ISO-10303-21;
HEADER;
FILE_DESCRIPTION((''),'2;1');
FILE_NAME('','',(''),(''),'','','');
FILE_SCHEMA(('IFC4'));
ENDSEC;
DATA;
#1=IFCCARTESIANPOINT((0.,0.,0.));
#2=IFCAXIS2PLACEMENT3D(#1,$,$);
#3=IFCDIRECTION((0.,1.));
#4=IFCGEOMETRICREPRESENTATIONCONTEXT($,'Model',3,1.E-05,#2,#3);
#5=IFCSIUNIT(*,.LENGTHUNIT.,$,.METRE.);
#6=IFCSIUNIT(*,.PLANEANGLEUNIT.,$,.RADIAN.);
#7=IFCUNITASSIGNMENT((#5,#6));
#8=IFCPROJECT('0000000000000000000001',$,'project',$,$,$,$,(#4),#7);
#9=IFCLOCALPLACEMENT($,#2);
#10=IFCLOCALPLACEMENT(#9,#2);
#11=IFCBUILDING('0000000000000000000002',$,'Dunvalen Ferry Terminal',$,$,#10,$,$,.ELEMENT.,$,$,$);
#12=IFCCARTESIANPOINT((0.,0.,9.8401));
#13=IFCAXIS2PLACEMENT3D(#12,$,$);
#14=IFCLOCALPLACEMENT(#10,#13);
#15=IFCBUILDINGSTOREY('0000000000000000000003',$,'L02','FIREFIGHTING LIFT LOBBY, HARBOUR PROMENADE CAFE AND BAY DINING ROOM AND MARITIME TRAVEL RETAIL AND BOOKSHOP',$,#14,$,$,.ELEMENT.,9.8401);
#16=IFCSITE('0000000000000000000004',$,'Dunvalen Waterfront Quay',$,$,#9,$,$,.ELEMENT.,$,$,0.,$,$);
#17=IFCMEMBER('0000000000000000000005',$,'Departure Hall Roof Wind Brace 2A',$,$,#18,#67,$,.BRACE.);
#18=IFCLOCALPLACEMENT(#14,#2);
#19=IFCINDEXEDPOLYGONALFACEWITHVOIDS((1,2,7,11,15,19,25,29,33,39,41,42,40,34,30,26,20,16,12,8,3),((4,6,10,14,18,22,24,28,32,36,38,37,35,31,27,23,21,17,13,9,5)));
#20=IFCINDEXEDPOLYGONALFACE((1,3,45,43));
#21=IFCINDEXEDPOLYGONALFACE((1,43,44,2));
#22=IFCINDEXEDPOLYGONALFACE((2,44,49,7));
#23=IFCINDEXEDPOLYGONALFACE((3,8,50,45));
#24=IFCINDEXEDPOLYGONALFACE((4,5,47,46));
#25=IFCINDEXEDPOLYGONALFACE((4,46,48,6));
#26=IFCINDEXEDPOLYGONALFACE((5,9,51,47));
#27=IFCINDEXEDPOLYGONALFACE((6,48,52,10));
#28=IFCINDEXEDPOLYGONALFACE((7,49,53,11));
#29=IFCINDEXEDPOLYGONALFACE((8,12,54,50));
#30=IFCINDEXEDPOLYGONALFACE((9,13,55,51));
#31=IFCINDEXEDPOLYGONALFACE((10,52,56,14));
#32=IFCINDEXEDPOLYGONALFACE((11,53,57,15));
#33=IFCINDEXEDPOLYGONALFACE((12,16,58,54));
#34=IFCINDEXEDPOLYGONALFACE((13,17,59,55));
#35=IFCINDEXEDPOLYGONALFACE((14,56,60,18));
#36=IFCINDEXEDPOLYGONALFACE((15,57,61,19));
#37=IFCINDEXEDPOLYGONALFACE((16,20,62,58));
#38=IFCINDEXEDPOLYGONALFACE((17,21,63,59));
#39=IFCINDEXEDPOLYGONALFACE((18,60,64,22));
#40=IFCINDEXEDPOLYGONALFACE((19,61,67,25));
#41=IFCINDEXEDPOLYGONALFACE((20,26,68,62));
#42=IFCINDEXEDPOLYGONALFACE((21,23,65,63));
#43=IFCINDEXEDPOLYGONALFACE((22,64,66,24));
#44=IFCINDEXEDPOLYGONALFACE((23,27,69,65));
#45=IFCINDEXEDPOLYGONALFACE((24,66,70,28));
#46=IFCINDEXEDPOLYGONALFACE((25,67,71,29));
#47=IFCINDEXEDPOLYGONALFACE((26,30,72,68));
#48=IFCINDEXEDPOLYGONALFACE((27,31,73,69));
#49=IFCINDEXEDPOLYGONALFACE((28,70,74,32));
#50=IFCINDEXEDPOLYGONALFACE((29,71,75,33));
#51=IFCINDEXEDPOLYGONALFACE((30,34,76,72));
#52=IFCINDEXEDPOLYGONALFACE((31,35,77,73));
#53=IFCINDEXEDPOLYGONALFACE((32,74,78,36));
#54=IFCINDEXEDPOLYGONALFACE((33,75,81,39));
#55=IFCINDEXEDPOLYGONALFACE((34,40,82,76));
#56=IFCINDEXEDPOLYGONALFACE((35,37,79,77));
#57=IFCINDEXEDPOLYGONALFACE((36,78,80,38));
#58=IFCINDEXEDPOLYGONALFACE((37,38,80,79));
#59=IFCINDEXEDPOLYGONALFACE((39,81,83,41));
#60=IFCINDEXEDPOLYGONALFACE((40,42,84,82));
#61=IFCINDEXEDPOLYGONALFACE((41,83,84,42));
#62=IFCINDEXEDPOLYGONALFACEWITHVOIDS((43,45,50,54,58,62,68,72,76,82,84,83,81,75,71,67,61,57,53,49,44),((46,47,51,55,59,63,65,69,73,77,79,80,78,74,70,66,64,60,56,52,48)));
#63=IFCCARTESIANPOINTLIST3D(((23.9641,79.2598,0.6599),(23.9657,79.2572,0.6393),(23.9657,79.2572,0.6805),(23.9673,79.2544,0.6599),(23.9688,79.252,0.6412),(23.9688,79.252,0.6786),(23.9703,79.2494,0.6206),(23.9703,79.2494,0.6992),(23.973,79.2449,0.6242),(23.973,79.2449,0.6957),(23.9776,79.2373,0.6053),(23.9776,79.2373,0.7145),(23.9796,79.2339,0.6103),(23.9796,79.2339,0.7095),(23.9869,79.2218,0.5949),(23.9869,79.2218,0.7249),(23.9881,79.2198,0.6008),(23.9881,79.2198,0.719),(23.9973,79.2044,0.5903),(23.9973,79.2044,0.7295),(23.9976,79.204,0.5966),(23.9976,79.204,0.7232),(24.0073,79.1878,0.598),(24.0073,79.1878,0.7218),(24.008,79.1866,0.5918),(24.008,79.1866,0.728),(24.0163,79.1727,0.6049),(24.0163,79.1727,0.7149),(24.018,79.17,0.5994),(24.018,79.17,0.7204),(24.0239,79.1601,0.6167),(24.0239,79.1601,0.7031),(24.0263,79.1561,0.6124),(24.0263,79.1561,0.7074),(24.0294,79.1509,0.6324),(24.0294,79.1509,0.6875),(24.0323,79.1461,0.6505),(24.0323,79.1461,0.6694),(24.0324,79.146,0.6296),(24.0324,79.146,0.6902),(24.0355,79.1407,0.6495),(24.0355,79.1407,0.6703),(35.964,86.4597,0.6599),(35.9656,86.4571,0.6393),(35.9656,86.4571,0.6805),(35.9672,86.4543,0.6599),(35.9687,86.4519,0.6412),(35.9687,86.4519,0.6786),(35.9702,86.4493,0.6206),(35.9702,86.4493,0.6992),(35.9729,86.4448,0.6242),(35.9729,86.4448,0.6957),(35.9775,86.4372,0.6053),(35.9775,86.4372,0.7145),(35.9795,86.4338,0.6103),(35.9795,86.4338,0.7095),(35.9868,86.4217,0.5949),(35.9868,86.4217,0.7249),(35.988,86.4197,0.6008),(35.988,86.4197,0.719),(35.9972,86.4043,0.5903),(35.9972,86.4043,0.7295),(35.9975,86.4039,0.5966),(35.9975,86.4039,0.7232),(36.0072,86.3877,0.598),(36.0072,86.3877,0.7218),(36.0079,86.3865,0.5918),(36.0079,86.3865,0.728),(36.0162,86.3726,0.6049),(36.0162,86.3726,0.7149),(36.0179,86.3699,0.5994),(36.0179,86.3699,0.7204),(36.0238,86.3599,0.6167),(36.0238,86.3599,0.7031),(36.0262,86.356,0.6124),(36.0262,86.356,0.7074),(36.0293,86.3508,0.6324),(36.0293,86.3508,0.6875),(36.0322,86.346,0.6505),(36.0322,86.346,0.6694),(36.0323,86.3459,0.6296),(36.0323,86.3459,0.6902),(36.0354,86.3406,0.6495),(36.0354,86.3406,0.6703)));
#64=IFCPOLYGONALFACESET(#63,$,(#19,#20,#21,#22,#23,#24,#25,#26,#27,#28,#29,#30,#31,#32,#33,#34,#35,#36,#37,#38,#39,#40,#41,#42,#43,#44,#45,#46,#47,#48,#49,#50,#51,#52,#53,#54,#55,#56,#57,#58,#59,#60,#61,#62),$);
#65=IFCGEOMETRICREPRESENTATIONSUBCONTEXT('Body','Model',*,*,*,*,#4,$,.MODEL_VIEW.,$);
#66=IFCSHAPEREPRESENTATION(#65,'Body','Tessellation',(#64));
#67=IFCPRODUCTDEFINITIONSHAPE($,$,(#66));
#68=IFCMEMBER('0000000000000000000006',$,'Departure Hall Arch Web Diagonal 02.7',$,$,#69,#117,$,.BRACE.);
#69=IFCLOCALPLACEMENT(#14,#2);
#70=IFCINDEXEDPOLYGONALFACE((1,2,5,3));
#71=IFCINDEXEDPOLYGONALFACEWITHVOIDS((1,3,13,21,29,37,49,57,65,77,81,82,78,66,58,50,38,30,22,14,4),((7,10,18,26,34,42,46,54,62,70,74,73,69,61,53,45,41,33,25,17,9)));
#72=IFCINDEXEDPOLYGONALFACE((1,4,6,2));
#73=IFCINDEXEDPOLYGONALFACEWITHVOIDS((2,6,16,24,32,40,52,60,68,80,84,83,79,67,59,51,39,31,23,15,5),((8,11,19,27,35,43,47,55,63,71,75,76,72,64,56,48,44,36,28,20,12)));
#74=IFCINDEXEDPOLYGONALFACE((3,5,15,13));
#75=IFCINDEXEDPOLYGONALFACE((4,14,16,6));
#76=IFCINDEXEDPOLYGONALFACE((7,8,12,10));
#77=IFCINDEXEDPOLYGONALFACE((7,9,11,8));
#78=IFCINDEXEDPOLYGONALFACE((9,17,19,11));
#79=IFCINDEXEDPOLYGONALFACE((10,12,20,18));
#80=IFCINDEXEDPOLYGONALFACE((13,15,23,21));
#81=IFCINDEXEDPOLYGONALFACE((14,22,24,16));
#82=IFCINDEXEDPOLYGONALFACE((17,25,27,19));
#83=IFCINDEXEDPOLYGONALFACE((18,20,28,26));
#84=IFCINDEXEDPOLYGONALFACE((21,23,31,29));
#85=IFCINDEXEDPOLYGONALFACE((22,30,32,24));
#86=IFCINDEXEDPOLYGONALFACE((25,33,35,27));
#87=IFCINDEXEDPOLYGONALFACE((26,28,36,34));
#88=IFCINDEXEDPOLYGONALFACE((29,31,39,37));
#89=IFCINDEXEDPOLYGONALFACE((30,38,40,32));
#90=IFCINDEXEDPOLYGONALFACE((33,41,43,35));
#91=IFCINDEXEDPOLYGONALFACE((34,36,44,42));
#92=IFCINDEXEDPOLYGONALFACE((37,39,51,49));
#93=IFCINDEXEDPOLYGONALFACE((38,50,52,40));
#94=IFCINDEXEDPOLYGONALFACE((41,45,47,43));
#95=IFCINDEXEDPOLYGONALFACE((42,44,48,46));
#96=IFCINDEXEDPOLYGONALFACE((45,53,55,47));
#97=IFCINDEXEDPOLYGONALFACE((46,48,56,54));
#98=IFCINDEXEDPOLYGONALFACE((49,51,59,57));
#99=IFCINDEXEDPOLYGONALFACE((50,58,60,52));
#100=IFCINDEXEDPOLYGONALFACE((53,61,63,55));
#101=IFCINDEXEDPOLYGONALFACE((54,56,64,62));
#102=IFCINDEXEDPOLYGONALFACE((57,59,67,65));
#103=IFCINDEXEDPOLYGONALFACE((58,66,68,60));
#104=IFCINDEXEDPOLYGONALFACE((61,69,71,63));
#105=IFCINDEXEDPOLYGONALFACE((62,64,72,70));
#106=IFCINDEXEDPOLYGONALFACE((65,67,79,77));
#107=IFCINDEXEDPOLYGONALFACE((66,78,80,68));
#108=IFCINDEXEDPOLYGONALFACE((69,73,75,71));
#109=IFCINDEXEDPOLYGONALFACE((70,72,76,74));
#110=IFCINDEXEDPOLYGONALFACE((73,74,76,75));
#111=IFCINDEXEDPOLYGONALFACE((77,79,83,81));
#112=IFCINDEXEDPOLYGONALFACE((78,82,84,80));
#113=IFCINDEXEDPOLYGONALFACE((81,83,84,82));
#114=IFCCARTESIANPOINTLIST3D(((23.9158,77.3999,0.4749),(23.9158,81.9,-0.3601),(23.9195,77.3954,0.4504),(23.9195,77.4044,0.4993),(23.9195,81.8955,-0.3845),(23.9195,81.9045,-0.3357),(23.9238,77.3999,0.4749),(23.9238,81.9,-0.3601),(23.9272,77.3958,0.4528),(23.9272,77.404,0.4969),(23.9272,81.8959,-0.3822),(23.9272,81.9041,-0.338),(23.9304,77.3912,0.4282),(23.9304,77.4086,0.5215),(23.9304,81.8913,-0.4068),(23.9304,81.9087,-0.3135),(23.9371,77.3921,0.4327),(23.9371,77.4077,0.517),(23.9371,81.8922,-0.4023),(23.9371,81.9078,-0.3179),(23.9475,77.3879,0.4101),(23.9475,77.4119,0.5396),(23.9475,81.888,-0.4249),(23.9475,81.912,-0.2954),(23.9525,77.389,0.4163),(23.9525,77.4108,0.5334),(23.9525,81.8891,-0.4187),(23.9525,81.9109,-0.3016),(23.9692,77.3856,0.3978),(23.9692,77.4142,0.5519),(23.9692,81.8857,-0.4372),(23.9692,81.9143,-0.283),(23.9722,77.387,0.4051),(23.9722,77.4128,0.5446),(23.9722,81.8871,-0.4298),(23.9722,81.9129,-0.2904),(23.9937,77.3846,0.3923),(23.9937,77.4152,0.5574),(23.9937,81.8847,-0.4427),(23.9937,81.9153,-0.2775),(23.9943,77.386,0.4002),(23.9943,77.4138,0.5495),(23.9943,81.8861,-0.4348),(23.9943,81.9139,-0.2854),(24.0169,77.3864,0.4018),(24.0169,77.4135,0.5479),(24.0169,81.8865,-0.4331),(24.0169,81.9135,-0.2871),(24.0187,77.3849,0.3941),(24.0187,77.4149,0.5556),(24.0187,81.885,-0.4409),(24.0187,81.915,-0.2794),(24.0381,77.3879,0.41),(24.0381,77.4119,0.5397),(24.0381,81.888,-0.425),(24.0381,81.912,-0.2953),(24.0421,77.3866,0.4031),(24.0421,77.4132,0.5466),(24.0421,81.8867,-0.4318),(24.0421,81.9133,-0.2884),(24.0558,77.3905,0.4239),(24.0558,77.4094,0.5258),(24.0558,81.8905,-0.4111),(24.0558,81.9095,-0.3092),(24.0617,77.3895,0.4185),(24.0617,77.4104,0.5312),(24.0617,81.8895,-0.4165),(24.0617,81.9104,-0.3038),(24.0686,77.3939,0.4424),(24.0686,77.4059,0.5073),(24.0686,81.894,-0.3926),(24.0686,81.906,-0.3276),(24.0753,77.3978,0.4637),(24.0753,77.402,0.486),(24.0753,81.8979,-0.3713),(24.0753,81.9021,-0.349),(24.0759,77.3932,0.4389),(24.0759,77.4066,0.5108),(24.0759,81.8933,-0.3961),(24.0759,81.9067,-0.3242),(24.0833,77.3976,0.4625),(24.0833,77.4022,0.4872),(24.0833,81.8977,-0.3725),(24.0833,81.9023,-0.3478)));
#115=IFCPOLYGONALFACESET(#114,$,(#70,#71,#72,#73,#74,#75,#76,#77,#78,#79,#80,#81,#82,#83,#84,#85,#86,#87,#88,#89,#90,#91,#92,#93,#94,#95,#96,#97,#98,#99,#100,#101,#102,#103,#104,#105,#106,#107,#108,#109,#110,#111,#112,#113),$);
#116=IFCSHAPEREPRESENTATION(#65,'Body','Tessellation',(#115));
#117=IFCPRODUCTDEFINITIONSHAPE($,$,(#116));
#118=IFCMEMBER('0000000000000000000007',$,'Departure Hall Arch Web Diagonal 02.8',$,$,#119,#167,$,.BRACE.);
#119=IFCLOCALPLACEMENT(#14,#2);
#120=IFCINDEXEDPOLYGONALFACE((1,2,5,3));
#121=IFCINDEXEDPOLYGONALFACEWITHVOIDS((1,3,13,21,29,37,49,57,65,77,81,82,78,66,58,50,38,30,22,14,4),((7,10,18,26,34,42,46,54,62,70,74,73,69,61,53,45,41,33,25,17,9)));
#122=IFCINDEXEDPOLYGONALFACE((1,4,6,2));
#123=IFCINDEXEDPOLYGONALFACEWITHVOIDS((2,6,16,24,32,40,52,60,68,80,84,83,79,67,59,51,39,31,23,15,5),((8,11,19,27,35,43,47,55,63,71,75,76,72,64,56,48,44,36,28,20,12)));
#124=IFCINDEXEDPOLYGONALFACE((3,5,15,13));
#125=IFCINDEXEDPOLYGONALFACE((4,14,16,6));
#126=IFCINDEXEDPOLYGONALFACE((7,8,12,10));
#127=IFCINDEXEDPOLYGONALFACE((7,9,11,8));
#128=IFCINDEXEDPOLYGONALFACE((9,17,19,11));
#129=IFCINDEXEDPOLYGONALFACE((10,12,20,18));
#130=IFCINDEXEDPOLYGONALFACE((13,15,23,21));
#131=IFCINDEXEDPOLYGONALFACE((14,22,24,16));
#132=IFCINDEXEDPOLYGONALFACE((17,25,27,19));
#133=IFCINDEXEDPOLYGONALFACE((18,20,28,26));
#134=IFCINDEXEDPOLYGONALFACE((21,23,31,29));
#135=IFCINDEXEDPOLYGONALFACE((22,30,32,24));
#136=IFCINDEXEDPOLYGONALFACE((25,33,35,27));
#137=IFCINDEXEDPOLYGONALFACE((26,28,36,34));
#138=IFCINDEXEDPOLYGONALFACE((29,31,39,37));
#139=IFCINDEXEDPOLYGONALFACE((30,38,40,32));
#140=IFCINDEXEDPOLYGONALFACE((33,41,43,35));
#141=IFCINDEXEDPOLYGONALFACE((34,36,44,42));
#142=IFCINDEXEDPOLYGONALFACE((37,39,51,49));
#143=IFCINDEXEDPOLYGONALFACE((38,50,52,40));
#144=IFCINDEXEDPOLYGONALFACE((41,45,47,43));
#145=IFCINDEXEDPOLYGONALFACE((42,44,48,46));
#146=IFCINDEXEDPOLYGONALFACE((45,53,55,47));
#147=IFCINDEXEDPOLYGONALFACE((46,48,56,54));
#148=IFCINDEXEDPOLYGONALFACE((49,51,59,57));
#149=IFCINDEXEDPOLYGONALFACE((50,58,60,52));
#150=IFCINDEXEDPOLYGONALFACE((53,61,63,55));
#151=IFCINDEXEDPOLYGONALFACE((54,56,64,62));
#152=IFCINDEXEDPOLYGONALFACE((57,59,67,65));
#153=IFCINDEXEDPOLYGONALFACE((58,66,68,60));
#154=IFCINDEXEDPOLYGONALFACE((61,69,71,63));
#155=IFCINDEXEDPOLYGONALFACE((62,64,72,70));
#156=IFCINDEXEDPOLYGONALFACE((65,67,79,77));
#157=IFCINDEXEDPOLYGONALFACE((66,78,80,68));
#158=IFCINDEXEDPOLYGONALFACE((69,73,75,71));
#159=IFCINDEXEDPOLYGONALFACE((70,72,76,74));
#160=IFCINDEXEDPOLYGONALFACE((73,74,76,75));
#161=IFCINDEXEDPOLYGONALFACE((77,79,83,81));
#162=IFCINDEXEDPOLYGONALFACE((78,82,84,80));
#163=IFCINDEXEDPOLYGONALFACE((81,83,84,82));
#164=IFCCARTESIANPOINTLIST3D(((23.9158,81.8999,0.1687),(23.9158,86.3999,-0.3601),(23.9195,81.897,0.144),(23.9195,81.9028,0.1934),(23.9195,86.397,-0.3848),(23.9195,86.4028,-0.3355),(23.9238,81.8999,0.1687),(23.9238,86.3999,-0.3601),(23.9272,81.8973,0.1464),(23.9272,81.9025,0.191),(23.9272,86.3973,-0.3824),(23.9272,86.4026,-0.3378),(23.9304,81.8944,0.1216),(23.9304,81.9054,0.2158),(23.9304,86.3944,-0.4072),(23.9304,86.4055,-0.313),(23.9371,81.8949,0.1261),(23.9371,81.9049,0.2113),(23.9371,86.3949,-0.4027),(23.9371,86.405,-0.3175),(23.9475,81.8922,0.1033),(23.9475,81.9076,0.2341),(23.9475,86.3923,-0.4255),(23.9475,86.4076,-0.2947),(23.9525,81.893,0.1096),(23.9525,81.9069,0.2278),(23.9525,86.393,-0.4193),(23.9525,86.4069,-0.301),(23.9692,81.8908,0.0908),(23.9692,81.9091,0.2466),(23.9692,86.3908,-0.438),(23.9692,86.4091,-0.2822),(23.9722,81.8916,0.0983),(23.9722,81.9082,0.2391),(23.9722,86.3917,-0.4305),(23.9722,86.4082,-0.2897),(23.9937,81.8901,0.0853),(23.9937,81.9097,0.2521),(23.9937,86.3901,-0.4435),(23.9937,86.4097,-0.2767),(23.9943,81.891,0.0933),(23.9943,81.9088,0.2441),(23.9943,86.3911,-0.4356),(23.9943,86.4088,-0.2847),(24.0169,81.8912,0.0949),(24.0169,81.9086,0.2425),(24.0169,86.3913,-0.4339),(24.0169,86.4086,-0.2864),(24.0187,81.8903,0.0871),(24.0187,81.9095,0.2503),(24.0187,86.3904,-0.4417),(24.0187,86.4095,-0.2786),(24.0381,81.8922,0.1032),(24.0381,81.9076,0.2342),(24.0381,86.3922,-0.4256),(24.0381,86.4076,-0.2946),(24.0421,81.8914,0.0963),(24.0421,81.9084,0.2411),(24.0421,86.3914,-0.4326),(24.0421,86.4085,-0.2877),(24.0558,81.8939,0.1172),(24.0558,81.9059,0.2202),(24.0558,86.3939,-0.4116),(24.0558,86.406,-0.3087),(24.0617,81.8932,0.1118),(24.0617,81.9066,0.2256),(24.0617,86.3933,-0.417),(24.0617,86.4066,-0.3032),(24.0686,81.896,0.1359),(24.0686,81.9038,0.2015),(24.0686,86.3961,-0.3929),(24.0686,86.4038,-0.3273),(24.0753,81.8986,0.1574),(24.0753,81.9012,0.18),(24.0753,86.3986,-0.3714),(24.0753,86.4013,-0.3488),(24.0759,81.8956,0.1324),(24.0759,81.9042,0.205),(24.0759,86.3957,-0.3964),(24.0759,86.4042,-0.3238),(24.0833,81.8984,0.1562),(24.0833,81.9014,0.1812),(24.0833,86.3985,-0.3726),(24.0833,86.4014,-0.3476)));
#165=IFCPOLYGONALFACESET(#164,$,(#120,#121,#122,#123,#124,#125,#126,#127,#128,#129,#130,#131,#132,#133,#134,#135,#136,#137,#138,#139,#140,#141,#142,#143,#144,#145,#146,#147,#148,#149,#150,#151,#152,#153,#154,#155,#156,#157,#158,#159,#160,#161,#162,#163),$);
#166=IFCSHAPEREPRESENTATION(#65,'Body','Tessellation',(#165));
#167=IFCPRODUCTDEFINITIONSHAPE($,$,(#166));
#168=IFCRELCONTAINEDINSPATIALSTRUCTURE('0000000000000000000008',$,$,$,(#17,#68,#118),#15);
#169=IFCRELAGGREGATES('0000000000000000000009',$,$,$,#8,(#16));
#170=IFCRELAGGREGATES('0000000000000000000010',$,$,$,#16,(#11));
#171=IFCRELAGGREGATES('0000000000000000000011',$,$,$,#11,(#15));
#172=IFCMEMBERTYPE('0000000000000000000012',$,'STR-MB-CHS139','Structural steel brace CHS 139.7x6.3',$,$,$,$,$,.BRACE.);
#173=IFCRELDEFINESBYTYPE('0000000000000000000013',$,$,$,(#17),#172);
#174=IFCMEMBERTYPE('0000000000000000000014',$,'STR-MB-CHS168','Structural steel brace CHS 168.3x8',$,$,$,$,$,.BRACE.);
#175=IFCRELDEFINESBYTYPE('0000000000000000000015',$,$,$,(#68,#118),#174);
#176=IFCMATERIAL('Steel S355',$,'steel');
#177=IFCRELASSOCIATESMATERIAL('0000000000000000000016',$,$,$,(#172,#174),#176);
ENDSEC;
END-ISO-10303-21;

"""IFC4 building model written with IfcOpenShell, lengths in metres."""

from ifc_helpers import new_model, si_unit, direction, frame, origin, origin_2d, place, context, subcontext, project, spatial, hollow_circle, extrude, material, material_profile, profile_set, type_object, element, save


model = new_model("IFC4")

# Units and contexts
model_context = context("Model", 3, precision=1e-05, world=origin(), true_north=direction((0.0, 1.0)))
body_context = subcontext(model_context, "Body", "Model", "MODEL_VIEW")
ifc_project = project(units=[si_unit("LENGTHUNIT", "METRE"), si_unit("PLANEANGLEUNIT", "RADIAN")], contexts=[model_context])

# Site, building, storey
site_placement = place(None, origin())
site = spatial("IfcSite", under=ifc_project, at=site_placement, Name="Dunvalen Waterfront Quay", CompositionType="ELEMENT", RefElevation=0.0)
building_placement = place(site_placement, origin())
building = spatial("IfcBuilding", under=site, at=building_placement, Name="Dunvalen Ferry Terminal", CompositionType="ELEMENT")
storey_placement = place(building_placement, frame((0.0, 0.0, 9.8401)))
storey = spatial("IfcBuildingStorey", under=building, at=storey_placement, Name="L02", Description="FIREFIGHTING LIFT LOBBY, HARBOUR PROMENADE CAFE AND BAY DINING ROOM AND MARITIME TRAVEL RETAIL AND BOOKSHOP", CompositionType="ELEMENT", Elevation=9.8401)

# Shared definitions
ifc_material_1 = material(Name="Steel S355", Category="steel")

# Members
ifc_material_profile_1 = material_profile(ifc_material_1, hollow_circle(Radius=0.0698, WallThickness=0.0063, at=origin_2d()), Name="Steel S355")
ifc_profile_set_1 = profile_set([ifc_material_profile_1], Name="Steel S355")
member_type_1 = type_object("IfcMemberType", Name="STR-MB-CHS139", Description="Structural steel brace CHS 139.7x6.3", PredefinedType="BRACE", material=ifc_profile_set_1)
member_1_placement = place(storey_placement, frame((24.0, 79.2, 0.6599), z_axis=(0.857494, 0.514493, 0.0), x_axis=(-0.514493, 0.857494, 0.0)))
element("IfcMember", 1, at=member_1_placement, inside=storey, type_object=member_type_1, Name="Departure Hall Roof Wind Brace 2A", PredefinedType="BRACE", context=body_context, shape_type="SweptSolid", body=[
    extrude(hollow_circle(Radius=0.0698, WallThickness=0.0063, at=origin_2d()), origin(), (0.0, 0.0, 1.0), 13.9941),
])
ifc_material_profile_2 = material_profile(ifc_material_1, hollow_circle(Radius=0.0842, WallThickness=0.0081, at=origin_2d()), Name="Steel S355")
ifc_profile_set_2 = profile_set([ifc_material_profile_2], Name="Steel S355")
member_type_2 = type_object("IfcMemberType", Name="STR-MB-CHS168", Description="Structural steel brace CHS 168.3x8", PredefinedType="BRACE", material=ifc_profile_set_2)
member_2_placement = place(storey_placement, frame((24.0, 77.3999, 0.4749), z_axis=(0.0, 0.983218, -0.182433), x_axis=(-1.0, 0.0, 0.0)))
element("IfcMember", 2, at=member_2_placement, inside=storey, type_object=member_type_2, Name="Departure Hall Arch Web Diagonal 02.7", PredefinedType="BRACE", context=body_context, shape_type="SweptSolid", body=[
    extrude(hollow_circle(Radius=0.0842, WallThickness=0.0081, at=origin_2d()), origin(), (0.0, 0.0, 1.0), 4.5769),
])
member_3_placement = place(storey_placement, frame((24.0, 81.8999, 0.1687), z_axis=(0.0, 0.993166, -0.11671), x_axis=(-1.0, 0.0, 0.0)))
element("IfcMember", 3, at=member_3_placement, inside=storey, type_object=member_type_2, Name="Departure Hall Arch Web Diagonal 02.8", PredefinedType="BRACE", context=body_context, shape_type="SweptSolid", body=[
    extrude(hollow_circle(Radius=0.0842, WallThickness=0.0081, at=origin_2d()), origin(), (0.0, 0.0, 1.0), 4.531),
])

save(model, "model.ifc")
